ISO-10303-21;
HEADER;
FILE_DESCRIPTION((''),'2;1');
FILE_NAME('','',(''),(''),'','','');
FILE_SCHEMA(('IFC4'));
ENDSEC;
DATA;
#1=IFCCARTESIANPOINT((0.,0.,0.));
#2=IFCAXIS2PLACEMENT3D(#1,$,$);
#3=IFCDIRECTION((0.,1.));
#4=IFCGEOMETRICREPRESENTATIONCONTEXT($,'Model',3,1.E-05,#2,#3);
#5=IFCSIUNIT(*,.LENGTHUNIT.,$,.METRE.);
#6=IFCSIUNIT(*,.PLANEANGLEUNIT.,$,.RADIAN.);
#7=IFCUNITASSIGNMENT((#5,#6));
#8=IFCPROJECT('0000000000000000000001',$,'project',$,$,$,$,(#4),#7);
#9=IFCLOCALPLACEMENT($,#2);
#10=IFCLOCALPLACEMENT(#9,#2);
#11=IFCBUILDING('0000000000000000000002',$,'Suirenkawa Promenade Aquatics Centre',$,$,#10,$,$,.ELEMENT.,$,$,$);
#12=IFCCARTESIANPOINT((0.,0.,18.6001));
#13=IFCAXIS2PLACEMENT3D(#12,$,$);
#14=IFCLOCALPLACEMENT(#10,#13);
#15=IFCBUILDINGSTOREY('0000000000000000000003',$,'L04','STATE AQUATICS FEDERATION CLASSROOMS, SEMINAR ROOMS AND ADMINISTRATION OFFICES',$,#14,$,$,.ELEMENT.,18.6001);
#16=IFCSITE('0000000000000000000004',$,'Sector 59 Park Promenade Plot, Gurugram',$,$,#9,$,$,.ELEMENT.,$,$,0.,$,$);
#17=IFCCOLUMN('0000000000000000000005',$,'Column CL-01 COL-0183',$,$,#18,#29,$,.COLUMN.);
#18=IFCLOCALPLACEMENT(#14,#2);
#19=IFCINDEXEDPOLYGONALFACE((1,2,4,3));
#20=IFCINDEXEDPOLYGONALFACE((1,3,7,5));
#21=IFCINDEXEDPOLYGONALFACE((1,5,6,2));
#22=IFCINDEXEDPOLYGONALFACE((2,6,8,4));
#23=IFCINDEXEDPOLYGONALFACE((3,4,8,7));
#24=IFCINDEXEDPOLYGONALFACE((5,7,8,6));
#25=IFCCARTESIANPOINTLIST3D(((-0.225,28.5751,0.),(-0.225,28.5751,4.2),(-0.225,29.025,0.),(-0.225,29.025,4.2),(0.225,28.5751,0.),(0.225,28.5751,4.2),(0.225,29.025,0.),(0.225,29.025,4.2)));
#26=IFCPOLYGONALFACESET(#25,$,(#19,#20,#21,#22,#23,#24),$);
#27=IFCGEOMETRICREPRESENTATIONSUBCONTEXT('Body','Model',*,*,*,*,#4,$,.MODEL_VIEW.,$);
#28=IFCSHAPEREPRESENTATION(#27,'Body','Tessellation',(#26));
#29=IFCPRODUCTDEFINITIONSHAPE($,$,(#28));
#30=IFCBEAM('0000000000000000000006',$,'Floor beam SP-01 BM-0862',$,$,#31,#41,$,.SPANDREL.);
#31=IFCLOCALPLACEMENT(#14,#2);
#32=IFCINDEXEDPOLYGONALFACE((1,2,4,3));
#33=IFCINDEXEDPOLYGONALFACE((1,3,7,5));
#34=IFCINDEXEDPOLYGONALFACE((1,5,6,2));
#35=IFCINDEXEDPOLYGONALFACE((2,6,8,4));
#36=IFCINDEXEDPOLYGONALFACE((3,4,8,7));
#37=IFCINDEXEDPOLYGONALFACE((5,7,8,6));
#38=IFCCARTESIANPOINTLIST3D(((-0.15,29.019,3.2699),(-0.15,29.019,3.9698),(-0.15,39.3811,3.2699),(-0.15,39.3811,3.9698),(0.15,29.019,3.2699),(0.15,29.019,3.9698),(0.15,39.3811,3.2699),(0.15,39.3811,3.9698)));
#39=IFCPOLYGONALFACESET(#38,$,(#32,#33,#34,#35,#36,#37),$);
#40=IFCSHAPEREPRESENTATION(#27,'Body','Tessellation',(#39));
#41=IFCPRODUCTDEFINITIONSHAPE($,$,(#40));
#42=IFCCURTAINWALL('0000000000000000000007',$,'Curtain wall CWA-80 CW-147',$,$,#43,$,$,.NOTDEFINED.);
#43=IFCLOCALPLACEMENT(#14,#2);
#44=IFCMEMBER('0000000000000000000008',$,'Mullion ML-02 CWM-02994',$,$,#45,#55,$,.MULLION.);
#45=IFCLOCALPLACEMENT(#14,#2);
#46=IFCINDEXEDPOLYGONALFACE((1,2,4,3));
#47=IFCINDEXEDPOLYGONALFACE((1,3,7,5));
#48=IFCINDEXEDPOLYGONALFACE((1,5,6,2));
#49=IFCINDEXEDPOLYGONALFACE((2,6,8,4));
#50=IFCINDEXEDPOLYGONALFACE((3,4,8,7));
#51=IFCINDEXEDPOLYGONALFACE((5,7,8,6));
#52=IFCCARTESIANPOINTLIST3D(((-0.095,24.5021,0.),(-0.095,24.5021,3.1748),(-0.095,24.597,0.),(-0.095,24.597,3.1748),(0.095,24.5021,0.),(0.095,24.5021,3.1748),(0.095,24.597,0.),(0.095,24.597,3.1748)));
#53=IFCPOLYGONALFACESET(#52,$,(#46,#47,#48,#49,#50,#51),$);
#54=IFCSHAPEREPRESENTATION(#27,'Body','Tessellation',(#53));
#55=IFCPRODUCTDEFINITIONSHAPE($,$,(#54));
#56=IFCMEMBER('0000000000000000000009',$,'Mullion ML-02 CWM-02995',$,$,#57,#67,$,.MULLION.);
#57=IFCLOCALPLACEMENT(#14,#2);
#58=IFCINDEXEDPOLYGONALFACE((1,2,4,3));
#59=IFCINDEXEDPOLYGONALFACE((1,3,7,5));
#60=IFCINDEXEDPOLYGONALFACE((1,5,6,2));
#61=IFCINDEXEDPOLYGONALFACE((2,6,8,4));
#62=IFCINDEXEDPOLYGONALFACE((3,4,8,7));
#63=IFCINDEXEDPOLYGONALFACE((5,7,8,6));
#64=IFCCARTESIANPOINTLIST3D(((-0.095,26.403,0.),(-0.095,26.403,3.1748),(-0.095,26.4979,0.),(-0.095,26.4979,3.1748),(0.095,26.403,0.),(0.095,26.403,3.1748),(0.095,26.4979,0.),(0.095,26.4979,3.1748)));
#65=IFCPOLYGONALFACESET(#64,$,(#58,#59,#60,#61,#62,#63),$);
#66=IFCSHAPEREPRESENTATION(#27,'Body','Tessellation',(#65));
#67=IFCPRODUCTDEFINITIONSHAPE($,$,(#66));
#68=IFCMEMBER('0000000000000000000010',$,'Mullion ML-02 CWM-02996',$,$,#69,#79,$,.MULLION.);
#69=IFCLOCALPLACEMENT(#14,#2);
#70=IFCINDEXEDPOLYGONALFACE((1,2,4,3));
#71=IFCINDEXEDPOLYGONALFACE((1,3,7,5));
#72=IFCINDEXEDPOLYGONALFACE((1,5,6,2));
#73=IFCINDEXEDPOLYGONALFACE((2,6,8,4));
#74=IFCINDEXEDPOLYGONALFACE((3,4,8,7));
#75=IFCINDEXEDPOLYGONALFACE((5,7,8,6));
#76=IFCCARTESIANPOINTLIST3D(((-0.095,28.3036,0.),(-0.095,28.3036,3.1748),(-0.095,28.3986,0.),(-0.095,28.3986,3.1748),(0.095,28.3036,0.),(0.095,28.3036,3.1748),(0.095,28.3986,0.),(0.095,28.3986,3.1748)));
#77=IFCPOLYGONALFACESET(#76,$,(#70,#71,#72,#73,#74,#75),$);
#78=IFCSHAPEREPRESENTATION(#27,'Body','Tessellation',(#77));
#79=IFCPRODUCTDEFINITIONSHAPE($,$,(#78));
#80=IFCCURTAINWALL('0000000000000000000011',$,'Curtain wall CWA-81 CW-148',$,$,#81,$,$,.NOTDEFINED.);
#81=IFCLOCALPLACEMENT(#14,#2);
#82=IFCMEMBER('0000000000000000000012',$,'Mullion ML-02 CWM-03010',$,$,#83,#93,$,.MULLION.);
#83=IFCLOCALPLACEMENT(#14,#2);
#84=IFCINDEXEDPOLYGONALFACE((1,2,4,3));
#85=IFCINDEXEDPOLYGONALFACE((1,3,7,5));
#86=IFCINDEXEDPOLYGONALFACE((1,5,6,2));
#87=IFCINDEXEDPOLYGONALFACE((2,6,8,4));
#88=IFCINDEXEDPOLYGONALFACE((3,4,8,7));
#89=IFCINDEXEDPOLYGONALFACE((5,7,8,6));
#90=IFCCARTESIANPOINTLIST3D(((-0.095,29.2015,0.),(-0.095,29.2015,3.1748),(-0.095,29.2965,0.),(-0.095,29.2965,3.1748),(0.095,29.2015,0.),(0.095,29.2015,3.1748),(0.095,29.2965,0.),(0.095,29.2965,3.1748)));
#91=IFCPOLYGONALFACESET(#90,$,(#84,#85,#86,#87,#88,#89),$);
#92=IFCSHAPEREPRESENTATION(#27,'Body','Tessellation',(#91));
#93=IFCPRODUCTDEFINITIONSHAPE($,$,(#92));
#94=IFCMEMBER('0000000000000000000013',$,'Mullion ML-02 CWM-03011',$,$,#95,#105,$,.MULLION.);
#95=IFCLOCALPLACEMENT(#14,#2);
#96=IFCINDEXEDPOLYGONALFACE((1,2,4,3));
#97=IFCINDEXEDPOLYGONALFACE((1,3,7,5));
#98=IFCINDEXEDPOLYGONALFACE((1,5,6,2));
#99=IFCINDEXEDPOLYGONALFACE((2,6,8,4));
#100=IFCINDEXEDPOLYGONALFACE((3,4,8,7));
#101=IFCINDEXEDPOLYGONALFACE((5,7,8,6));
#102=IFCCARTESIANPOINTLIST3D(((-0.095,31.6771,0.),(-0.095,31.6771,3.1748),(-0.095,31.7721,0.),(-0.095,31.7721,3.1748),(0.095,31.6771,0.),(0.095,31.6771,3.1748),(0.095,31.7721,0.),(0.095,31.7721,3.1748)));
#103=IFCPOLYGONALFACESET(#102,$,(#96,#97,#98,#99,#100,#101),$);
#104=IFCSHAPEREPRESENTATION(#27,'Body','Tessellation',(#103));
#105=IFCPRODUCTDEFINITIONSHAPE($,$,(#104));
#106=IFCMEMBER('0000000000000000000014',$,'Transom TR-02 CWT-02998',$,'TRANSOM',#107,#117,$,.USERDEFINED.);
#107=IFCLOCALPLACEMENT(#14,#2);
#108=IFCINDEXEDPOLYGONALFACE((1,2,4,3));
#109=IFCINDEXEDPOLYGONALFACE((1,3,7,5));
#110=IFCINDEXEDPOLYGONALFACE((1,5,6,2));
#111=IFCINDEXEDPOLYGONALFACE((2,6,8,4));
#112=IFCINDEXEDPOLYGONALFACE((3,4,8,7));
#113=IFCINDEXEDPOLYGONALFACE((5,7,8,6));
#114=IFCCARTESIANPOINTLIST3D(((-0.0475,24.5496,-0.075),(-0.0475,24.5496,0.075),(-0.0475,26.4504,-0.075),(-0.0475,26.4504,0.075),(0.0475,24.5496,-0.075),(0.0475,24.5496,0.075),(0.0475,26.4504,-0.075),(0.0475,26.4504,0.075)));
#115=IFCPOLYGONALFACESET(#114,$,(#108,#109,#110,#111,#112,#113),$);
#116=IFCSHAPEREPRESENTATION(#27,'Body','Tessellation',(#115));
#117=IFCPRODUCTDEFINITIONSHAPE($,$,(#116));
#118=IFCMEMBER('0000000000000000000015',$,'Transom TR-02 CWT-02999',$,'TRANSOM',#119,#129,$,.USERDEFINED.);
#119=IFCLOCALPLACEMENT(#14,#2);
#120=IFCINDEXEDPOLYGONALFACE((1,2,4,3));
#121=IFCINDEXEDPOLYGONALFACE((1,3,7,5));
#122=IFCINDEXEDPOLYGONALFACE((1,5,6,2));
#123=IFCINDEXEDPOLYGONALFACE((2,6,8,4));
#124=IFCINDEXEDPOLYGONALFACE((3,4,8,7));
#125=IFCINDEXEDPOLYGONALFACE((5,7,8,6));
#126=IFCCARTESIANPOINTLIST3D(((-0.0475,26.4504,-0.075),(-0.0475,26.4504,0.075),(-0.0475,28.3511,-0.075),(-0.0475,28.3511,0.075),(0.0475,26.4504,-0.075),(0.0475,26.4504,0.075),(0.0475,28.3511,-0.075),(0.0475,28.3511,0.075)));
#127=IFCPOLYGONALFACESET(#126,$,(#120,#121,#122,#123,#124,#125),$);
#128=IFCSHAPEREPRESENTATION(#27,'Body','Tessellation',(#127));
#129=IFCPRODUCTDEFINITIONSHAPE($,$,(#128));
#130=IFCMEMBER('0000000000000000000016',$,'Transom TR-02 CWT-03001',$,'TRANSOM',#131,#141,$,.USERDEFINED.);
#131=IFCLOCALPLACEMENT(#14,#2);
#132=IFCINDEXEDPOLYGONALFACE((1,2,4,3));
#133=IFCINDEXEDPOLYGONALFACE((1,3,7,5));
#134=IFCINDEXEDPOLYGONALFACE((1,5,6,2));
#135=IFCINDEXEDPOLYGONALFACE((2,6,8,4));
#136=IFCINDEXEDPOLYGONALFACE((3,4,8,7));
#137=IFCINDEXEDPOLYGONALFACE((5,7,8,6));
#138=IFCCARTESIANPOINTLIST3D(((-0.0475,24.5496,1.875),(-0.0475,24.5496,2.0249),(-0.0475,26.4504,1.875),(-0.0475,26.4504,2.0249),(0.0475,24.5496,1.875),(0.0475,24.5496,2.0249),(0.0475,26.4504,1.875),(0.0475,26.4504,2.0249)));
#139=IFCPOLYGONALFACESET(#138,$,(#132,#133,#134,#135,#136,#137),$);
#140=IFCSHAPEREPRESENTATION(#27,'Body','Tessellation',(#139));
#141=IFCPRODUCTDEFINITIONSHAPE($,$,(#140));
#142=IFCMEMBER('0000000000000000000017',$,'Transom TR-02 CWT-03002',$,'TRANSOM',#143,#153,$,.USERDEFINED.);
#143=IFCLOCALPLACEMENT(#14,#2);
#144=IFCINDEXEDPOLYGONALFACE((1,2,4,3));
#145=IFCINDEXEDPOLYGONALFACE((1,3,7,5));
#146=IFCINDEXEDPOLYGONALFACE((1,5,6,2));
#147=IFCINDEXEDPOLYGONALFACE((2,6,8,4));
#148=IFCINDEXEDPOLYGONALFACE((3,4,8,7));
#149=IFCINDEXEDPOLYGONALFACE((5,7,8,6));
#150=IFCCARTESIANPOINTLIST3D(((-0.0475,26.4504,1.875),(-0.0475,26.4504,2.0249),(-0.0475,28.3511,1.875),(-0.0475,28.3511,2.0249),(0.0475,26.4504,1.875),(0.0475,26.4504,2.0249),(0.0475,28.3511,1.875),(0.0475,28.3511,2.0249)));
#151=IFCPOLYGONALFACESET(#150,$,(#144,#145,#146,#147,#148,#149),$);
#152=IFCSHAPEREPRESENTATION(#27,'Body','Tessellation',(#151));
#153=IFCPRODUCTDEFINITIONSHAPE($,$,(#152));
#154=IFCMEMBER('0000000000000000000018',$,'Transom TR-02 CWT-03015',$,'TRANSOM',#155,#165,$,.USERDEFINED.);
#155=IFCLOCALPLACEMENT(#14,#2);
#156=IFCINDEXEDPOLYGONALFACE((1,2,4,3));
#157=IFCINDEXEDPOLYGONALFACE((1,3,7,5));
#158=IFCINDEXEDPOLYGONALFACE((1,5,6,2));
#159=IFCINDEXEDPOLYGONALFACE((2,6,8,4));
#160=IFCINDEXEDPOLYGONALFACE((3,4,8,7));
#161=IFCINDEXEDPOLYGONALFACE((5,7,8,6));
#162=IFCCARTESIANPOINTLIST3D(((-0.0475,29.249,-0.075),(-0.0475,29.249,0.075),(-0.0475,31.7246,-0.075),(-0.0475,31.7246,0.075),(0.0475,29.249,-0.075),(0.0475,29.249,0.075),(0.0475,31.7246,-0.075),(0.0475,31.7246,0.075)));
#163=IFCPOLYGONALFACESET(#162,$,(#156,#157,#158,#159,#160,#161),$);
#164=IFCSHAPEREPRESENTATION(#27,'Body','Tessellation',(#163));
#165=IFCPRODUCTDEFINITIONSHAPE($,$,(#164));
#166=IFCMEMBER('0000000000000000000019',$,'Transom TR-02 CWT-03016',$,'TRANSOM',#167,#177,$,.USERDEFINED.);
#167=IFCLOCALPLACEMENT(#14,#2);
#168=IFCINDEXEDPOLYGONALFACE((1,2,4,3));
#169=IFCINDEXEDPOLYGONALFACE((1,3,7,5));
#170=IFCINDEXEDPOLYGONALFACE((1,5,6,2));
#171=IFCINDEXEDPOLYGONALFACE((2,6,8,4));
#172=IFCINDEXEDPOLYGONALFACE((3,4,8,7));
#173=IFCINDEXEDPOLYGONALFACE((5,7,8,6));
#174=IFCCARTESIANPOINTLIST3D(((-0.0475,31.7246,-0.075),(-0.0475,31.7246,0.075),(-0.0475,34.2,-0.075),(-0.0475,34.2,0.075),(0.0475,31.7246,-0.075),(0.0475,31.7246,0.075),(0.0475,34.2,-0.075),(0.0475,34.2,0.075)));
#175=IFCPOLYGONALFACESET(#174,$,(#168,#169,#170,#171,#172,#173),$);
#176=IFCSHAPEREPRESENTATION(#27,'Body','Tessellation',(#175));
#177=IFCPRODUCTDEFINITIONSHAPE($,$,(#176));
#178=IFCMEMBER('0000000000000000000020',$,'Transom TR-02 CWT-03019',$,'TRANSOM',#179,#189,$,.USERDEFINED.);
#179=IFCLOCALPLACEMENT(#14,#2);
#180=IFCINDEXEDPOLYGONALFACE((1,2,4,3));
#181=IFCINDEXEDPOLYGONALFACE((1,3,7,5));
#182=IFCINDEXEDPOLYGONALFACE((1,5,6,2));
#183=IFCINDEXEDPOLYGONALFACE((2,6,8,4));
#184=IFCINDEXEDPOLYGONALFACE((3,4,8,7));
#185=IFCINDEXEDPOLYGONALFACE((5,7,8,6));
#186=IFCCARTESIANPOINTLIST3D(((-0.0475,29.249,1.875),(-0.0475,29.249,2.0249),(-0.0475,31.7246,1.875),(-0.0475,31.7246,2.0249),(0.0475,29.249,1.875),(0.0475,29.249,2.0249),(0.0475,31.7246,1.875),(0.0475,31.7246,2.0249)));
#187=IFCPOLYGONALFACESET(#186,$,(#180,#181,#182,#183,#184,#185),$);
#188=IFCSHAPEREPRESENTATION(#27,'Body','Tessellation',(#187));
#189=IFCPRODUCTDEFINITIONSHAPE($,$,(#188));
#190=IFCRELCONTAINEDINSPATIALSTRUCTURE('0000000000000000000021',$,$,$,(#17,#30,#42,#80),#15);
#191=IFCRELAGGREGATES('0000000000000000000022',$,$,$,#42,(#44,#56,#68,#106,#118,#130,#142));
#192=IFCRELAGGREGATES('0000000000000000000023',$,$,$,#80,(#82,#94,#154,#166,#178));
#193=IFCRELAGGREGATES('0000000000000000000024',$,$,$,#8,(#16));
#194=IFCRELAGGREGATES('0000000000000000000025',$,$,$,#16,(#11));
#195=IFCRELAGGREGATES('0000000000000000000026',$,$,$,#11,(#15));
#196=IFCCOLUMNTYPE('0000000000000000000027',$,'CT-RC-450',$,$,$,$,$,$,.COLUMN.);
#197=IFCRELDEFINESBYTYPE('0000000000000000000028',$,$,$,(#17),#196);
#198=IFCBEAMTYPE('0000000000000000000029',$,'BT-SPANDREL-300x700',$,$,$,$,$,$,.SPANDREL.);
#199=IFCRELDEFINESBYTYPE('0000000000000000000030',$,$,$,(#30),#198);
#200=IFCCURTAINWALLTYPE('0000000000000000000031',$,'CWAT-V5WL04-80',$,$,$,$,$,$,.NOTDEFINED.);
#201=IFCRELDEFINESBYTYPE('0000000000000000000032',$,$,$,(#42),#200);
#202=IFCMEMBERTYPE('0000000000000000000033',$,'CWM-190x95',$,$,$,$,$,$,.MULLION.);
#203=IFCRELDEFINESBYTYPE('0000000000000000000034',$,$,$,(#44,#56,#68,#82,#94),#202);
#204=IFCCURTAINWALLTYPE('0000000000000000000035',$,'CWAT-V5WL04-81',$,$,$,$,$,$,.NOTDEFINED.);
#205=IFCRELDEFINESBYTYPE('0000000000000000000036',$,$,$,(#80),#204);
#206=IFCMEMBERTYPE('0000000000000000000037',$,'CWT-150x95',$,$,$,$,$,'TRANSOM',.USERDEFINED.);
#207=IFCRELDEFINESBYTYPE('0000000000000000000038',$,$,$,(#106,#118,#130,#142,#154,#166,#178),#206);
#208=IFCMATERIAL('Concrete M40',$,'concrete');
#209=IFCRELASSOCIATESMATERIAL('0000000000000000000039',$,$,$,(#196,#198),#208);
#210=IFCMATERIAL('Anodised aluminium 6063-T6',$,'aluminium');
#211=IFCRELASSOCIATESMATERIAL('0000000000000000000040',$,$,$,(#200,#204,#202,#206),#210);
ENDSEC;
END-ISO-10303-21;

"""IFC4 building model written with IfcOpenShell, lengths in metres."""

from ifc_helpers import new_model, si_unit, direction, frame, origin, origin_2d, place, context, subcontext, project, spatial, rectangle, extrude, material, material_profile, profile_set, type_object, element, aggregate, save


model = new_model("IFC4")

# Units and contexts
model_context = context("Model", 3, precision=1e-05, world=origin(), true_north=direction((0.0, 1.0)))
body_context = subcontext(model_context, "Body", "Model", "MODEL_VIEW")
ifc_project = project(units=[si_unit("LENGTHUNIT", "METRE"), si_unit("PLANEANGLEUNIT", "RADIAN")], contexts=[model_context])

# Site, building, storey
site_placement = place(None, origin())
site = spatial("IfcSite", under=ifc_project, at=site_placement, Name="Sector 59 Park Promenade Plot, Gurugram", CompositionType="ELEMENT", RefElevation=0.0)
building_placement = place(site_placement, origin())
building = spatial("IfcBuilding", under=site, at=building_placement, Name="Suirenkawa Promenade Aquatics Centre", CompositionType="ELEMENT")
storey_placement = place(building_placement, frame((0.0, 0.0, 18.6001)))
storey = spatial("IfcBuildingStorey", under=building, at=storey_placement, Name="L04", Description="STATE AQUATICS FEDERATION CLASSROOMS, SEMINAR ROOMS AND ADMINISTRATION OFFICES", CompositionType="ELEMENT", Elevation=18.6001)

# Column
ifc_material_1 = material(Name="Concrete M40", Category="concrete")
ifc_material_profile_1 = material_profile(ifc_material_1, rectangle(XDim=0.45, YDim=0.45, at=origin_2d()), Name="RC COL 450x450", Category="concrete")
ifc_profile_set_1 = profile_set([ifc_material_profile_1], Name="Concrete M40")
column_type = type_object("IfcColumnType", Name="CT-RC-450", PredefinedType="COLUMN", material=ifc_profile_set_1)
column_placement = place(storey_placement, frame((0.0, 28.8, 0.0), z_axis=(0.0, 0.0, 1.0), x_axis=(1.0, 0.0, 0.0)))
element("IfcColumn", 1, at=column_placement, inside=storey, type_object=column_type, Name="Column CL-01 COL-0183", PredefinedType="COLUMN", context=body_context, shape_type="SweptSolid", body=[
    extrude(rectangle(XDim=0.45, YDim=0.45, at=origin_2d()), origin(), (0.0, 0.0, 1.0), 4.2),
])

# Beam
ifc_material_profile_2 = material_profile(ifc_material_1, rectangle(XDim=0.3, YDim=0.7, at=origin_2d()), Name="RC SPANDREL 300x700", Category="concrete")
ifc_profile_set_2 = profile_set([ifc_material_profile_2], Name="Concrete M40")
beam_type = type_object("IfcBeamType", Name="BT-SPANDREL-300x700", PredefinedType="SPANDREL", material=ifc_profile_set_2)
beam_placement = place(storey_placement, frame((0.0, 29.019, 3.6199), z_axis=(0.0, 1.0, 0.0), x_axis=(-1.0, 0.0, 0.0)))
element("IfcBeam", 2, at=beam_placement, inside=storey, type_object=beam_type, Name="Floor beam SP-01 BM-0862", PredefinedType="SPANDREL", context=body_context, shape_type="SweptSolid", body=[
    extrude(rectangle(XDim=0.3, YDim=0.7, at=origin_2d()), origin(), (0.0, 0.0, 1.0), 10.3621),
])

# Curtain walls, members
ifc_material_2 = material(Name="Anodised aluminium 6063-T6", Category="aluminium")
curtain_wall_type_1 = type_object("IfcCurtainWallType", Name="CWAT-V5WL04-80", PredefinedType="NOTDEFINED", material=ifc_material_2)
curtain_wall_1_placement = place(storey_placement, origin())
curtain_wall_1 = element("IfcCurtainWall", 3, at=curtain_wall_1_placement, inside=storey, type_object=curtain_wall_type_1, Name="Curtain wall CWA-80 CW-147", PredefinedType="NOTDEFINED")
ifc_material_profile_3 = material_profile(ifc_material_2, rectangle(XDim=0.095, YDim=0.1899, at=origin_2d()), Name="ALU MULL 95x190", Category="aluminium")
ifc_profile_set_3 = profile_set([ifc_material_profile_3], Name="Anodised aluminium 6063-T6")
member_type_1 = type_object("IfcMemberType", Name="CWM-190x95", PredefinedType="MULLION", material=ifc_profile_set_3)
member_1_placement = place(storey_placement, frame((0.0, 24.5496, 0.0), z_axis=(0.0, 0.0, 1.0), x_axis=(0.0, 1.0, 0.0)))
member_1 = element("IfcMember", 4, at=member_1_placement, type_object=member_type_1, Name="Mullion ML-02 CWM-02994", PredefinedType="MULLION", context=body_context, shape_type="SweptSolid", body=[
    extrude(rectangle(XDim=0.095, YDim=0.1899, at=origin_2d()), origin(), (0.0, 0.0, 1.0), 3.1748),
])
member_2_placement = place(storey_placement, frame((0.0, 26.4504, 0.0), z_axis=(0.0, 0.0, 1.0), x_axis=(0.0, 1.0, 0.0)))
member_2 = element("IfcMember", 5, at=member_2_placement, type_object=member_type_1, Name="Mullion ML-02 CWM-02995", PredefinedType="MULLION", context=body_context, shape_type="SweptSolid", body=[
    extrude(rectangle(XDim=0.095, YDim=0.1899, at=origin_2d()), origin(), (0.0, 0.0, 1.0), 3.1748),
])
member_3_placement = place(storey_placement, frame((0.0, 28.3511, 0.0), z_axis=(0.0, 0.0, 1.0), x_axis=(0.0, 1.0, 0.0)))
member_3 = element("IfcMember", 6, at=member_3_placement, type_object=member_type_1, Name="Mullion ML-02 CWM-02996", PredefinedType="MULLION", context=body_context, shape_type="SweptSolid", body=[
    extrude(rectangle(XDim=0.095, YDim=0.1899, at=origin_2d()), origin(), (0.0, 0.0, 1.0), 3.1748),
])
curtain_wall_type_2 = type_object("IfcCurtainWallType", Name="CWAT-V5WL04-81", PredefinedType="NOTDEFINED", material=ifc_material_2)
curtain_wall_2_placement = place(storey_placement, origin())
curtain_wall_2 = element("IfcCurtainWall", 7, at=curtain_wall_2_placement, inside=storey, type_object=curtain_wall_type_2, Name="Curtain wall CWA-81 CW-148", PredefinedType="NOTDEFINED")
member_4_placement = place(storey_placement, frame((0.0, 29.249, 0.0), z_axis=(0.0, 0.0, 1.0), x_axis=(0.0, 1.0, 0.0)))
member_4 = element("IfcMember", 8, at=member_4_placement, type_object=member_type_1, Name="Mullion ML-02 CWM-03010", PredefinedType="MULLION", context=body_context, shape_type="SweptSolid", body=[
    extrude(rectangle(XDim=0.095, YDim=0.1899, at=origin_2d()), origin(), (0.0, 0.0, 1.0), 3.1748),
])
member_5_placement = place(storey_placement, frame((0.0, 31.7246, 0.0), z_axis=(0.0, 0.0, 1.0), x_axis=(0.0, 1.0, 0.0)))
member_5 = element("IfcMember", 9, at=member_5_placement, type_object=member_type_1, Name="Mullion ML-02 CWM-03011", PredefinedType="MULLION", context=body_context, shape_type="SweptSolid", body=[
    extrude(rectangle(XDim=0.095, YDim=0.1899, at=origin_2d()), origin(), (0.0, 0.0, 1.0), 3.1748),
])

# Members
ifc_material_profile_4 = material_profile(ifc_material_2, rectangle(XDim=0.095, YDim=0.1499, at=origin_2d()), Name="ALU TRAN 95x150", Category="aluminium")
ifc_profile_set_4 = profile_set([ifc_material_profile_4], Name="Anodised aluminium 6063-T6")
member_type_2 = type_object("IfcMemberType", Name="CWT-150x95", ElementType="TRANSOM", PredefinedType="USERDEFINED", material=ifc_profile_set_4)
member_6_placement = place(storey_placement, frame((0.0, 24.5496, 0.0), z_axis=(0.0, 1.0, 0.0), x_axis=(-1.0, 0.0, 0.0)))
member_6 = element("IfcMember", 10, at=member_6_placement, type_object=member_type_2, Name="Transom TR-02 CWT-02998", ObjectType="TRANSOM", PredefinedType="USERDEFINED", context=body_context, shape_type="SweptSolid", body=[
    extrude(rectangle(XDim=0.095, YDim=0.1499, at=origin_2d()), origin(), (0.0, 0.0, 1.0), 1.9009),
])
member_7_placement = place(storey_placement, frame((0.0, 26.4504, 0.0), z_axis=(0.0, 1.0, 0.0), x_axis=(-1.0, 0.0, 0.0)))
member_7 = element("IfcMember", 11, at=member_7_placement, type_object=member_type_2, Name="Transom TR-02 CWT-02999", ObjectType="TRANSOM", PredefinedType="USERDEFINED", context=body_context, shape_type="SweptSolid", body=[
    extrude(rectangle(XDim=0.095, YDim=0.1499, at=origin_2d()), origin(), (0.0, 0.0, 1.0), 1.9006),
])
member_8_placement = place(storey_placement, frame((0.0, 24.5496, 1.95), z_axis=(0.0, 1.0, 0.0), x_axis=(-1.0, 0.0, 0.0)))
member_8 = element("IfcMember", 12, at=member_8_placement, type_object=member_type_2, Name="Transom TR-02 CWT-03001", ObjectType="TRANSOM", PredefinedType="USERDEFINED", context=body_context, shape_type="SweptSolid", body=[
    extrude(rectangle(XDim=0.095, YDim=0.1499, at=origin_2d()), origin(), (0.0, 0.0, 1.0), 1.9009),
])
member_9_placement = place(storey_placement, frame((0.0, 26.4504, 1.95), z_axis=(0.0, 1.0, 0.0), x_axis=(-1.0, 0.0, 0.0)))
member_9 = element("IfcMember", 13, at=member_9_placement, type_object=member_type_2, Name="Transom TR-02 CWT-03002", ObjectType="TRANSOM", PredefinedType="USERDEFINED", context=body_context, shape_type="SweptSolid", body=[
    extrude(rectangle(XDim=0.095, YDim=0.1499, at=origin_2d()), origin(), (0.0, 0.0, 1.0), 1.9006),
])
member_10_placement = place(storey_placement, frame((0.0, 29.249, 0.0), z_axis=(0.0, 1.0, 0.0), x_axis=(-1.0, 0.0, 0.0)))
member_10 = element("IfcMember", 14, at=member_10_placement, type_object=member_type_2, Name="Transom TR-02 CWT-03015", ObjectType="TRANSOM", PredefinedType="USERDEFINED", context=body_context, shape_type="SweptSolid", body=[
    extrude(rectangle(XDim=0.095, YDim=0.1499, at=origin_2d()), origin(), (0.0, 0.0, 1.0), 2.4756),
])
member_11_placement = place(storey_placement, frame((0.0, 31.7246, 0.0), z_axis=(0.0, 1.0, 0.0), x_axis=(-1.0, 0.0, 0.0)))
member_11 = element("IfcMember", 15, at=member_11_placement, type_object=member_type_2, Name="Transom TR-02 CWT-03016", ObjectType="TRANSOM", PredefinedType="USERDEFINED", context=body_context, shape_type="SweptSolid", body=[
    extrude(rectangle(XDim=0.095, YDim=0.1499, at=origin_2d()), origin(), (0.0, 0.0, 1.0), 2.4753),
])
member_12_placement = place(storey_placement, frame((0.0, 29.249, 1.95), z_axis=(0.0, 1.0, 0.0), x_axis=(-1.0, 0.0, 0.0)))
member_12 = element("IfcMember", 16, at=member_12_placement, type_object=member_type_2, Name="Transom TR-02 CWT-03019", ObjectType="TRANSOM", PredefinedType="USERDEFINED", context=body_context, shape_type="SweptSolid", body=[
    extrude(rectangle(XDim=0.095, YDim=0.1499, at=origin_2d()), origin(), (0.0, 0.0, 1.0), 2.4756),
])

aggregate(curtain_wall_1, [member_1, member_2, member_3, member_6, member_7, member_8, member_9])
aggregate(curtain_wall_2, [member_4, member_5, member_10, member_11, member_12])

save(model, "model.ifc")
